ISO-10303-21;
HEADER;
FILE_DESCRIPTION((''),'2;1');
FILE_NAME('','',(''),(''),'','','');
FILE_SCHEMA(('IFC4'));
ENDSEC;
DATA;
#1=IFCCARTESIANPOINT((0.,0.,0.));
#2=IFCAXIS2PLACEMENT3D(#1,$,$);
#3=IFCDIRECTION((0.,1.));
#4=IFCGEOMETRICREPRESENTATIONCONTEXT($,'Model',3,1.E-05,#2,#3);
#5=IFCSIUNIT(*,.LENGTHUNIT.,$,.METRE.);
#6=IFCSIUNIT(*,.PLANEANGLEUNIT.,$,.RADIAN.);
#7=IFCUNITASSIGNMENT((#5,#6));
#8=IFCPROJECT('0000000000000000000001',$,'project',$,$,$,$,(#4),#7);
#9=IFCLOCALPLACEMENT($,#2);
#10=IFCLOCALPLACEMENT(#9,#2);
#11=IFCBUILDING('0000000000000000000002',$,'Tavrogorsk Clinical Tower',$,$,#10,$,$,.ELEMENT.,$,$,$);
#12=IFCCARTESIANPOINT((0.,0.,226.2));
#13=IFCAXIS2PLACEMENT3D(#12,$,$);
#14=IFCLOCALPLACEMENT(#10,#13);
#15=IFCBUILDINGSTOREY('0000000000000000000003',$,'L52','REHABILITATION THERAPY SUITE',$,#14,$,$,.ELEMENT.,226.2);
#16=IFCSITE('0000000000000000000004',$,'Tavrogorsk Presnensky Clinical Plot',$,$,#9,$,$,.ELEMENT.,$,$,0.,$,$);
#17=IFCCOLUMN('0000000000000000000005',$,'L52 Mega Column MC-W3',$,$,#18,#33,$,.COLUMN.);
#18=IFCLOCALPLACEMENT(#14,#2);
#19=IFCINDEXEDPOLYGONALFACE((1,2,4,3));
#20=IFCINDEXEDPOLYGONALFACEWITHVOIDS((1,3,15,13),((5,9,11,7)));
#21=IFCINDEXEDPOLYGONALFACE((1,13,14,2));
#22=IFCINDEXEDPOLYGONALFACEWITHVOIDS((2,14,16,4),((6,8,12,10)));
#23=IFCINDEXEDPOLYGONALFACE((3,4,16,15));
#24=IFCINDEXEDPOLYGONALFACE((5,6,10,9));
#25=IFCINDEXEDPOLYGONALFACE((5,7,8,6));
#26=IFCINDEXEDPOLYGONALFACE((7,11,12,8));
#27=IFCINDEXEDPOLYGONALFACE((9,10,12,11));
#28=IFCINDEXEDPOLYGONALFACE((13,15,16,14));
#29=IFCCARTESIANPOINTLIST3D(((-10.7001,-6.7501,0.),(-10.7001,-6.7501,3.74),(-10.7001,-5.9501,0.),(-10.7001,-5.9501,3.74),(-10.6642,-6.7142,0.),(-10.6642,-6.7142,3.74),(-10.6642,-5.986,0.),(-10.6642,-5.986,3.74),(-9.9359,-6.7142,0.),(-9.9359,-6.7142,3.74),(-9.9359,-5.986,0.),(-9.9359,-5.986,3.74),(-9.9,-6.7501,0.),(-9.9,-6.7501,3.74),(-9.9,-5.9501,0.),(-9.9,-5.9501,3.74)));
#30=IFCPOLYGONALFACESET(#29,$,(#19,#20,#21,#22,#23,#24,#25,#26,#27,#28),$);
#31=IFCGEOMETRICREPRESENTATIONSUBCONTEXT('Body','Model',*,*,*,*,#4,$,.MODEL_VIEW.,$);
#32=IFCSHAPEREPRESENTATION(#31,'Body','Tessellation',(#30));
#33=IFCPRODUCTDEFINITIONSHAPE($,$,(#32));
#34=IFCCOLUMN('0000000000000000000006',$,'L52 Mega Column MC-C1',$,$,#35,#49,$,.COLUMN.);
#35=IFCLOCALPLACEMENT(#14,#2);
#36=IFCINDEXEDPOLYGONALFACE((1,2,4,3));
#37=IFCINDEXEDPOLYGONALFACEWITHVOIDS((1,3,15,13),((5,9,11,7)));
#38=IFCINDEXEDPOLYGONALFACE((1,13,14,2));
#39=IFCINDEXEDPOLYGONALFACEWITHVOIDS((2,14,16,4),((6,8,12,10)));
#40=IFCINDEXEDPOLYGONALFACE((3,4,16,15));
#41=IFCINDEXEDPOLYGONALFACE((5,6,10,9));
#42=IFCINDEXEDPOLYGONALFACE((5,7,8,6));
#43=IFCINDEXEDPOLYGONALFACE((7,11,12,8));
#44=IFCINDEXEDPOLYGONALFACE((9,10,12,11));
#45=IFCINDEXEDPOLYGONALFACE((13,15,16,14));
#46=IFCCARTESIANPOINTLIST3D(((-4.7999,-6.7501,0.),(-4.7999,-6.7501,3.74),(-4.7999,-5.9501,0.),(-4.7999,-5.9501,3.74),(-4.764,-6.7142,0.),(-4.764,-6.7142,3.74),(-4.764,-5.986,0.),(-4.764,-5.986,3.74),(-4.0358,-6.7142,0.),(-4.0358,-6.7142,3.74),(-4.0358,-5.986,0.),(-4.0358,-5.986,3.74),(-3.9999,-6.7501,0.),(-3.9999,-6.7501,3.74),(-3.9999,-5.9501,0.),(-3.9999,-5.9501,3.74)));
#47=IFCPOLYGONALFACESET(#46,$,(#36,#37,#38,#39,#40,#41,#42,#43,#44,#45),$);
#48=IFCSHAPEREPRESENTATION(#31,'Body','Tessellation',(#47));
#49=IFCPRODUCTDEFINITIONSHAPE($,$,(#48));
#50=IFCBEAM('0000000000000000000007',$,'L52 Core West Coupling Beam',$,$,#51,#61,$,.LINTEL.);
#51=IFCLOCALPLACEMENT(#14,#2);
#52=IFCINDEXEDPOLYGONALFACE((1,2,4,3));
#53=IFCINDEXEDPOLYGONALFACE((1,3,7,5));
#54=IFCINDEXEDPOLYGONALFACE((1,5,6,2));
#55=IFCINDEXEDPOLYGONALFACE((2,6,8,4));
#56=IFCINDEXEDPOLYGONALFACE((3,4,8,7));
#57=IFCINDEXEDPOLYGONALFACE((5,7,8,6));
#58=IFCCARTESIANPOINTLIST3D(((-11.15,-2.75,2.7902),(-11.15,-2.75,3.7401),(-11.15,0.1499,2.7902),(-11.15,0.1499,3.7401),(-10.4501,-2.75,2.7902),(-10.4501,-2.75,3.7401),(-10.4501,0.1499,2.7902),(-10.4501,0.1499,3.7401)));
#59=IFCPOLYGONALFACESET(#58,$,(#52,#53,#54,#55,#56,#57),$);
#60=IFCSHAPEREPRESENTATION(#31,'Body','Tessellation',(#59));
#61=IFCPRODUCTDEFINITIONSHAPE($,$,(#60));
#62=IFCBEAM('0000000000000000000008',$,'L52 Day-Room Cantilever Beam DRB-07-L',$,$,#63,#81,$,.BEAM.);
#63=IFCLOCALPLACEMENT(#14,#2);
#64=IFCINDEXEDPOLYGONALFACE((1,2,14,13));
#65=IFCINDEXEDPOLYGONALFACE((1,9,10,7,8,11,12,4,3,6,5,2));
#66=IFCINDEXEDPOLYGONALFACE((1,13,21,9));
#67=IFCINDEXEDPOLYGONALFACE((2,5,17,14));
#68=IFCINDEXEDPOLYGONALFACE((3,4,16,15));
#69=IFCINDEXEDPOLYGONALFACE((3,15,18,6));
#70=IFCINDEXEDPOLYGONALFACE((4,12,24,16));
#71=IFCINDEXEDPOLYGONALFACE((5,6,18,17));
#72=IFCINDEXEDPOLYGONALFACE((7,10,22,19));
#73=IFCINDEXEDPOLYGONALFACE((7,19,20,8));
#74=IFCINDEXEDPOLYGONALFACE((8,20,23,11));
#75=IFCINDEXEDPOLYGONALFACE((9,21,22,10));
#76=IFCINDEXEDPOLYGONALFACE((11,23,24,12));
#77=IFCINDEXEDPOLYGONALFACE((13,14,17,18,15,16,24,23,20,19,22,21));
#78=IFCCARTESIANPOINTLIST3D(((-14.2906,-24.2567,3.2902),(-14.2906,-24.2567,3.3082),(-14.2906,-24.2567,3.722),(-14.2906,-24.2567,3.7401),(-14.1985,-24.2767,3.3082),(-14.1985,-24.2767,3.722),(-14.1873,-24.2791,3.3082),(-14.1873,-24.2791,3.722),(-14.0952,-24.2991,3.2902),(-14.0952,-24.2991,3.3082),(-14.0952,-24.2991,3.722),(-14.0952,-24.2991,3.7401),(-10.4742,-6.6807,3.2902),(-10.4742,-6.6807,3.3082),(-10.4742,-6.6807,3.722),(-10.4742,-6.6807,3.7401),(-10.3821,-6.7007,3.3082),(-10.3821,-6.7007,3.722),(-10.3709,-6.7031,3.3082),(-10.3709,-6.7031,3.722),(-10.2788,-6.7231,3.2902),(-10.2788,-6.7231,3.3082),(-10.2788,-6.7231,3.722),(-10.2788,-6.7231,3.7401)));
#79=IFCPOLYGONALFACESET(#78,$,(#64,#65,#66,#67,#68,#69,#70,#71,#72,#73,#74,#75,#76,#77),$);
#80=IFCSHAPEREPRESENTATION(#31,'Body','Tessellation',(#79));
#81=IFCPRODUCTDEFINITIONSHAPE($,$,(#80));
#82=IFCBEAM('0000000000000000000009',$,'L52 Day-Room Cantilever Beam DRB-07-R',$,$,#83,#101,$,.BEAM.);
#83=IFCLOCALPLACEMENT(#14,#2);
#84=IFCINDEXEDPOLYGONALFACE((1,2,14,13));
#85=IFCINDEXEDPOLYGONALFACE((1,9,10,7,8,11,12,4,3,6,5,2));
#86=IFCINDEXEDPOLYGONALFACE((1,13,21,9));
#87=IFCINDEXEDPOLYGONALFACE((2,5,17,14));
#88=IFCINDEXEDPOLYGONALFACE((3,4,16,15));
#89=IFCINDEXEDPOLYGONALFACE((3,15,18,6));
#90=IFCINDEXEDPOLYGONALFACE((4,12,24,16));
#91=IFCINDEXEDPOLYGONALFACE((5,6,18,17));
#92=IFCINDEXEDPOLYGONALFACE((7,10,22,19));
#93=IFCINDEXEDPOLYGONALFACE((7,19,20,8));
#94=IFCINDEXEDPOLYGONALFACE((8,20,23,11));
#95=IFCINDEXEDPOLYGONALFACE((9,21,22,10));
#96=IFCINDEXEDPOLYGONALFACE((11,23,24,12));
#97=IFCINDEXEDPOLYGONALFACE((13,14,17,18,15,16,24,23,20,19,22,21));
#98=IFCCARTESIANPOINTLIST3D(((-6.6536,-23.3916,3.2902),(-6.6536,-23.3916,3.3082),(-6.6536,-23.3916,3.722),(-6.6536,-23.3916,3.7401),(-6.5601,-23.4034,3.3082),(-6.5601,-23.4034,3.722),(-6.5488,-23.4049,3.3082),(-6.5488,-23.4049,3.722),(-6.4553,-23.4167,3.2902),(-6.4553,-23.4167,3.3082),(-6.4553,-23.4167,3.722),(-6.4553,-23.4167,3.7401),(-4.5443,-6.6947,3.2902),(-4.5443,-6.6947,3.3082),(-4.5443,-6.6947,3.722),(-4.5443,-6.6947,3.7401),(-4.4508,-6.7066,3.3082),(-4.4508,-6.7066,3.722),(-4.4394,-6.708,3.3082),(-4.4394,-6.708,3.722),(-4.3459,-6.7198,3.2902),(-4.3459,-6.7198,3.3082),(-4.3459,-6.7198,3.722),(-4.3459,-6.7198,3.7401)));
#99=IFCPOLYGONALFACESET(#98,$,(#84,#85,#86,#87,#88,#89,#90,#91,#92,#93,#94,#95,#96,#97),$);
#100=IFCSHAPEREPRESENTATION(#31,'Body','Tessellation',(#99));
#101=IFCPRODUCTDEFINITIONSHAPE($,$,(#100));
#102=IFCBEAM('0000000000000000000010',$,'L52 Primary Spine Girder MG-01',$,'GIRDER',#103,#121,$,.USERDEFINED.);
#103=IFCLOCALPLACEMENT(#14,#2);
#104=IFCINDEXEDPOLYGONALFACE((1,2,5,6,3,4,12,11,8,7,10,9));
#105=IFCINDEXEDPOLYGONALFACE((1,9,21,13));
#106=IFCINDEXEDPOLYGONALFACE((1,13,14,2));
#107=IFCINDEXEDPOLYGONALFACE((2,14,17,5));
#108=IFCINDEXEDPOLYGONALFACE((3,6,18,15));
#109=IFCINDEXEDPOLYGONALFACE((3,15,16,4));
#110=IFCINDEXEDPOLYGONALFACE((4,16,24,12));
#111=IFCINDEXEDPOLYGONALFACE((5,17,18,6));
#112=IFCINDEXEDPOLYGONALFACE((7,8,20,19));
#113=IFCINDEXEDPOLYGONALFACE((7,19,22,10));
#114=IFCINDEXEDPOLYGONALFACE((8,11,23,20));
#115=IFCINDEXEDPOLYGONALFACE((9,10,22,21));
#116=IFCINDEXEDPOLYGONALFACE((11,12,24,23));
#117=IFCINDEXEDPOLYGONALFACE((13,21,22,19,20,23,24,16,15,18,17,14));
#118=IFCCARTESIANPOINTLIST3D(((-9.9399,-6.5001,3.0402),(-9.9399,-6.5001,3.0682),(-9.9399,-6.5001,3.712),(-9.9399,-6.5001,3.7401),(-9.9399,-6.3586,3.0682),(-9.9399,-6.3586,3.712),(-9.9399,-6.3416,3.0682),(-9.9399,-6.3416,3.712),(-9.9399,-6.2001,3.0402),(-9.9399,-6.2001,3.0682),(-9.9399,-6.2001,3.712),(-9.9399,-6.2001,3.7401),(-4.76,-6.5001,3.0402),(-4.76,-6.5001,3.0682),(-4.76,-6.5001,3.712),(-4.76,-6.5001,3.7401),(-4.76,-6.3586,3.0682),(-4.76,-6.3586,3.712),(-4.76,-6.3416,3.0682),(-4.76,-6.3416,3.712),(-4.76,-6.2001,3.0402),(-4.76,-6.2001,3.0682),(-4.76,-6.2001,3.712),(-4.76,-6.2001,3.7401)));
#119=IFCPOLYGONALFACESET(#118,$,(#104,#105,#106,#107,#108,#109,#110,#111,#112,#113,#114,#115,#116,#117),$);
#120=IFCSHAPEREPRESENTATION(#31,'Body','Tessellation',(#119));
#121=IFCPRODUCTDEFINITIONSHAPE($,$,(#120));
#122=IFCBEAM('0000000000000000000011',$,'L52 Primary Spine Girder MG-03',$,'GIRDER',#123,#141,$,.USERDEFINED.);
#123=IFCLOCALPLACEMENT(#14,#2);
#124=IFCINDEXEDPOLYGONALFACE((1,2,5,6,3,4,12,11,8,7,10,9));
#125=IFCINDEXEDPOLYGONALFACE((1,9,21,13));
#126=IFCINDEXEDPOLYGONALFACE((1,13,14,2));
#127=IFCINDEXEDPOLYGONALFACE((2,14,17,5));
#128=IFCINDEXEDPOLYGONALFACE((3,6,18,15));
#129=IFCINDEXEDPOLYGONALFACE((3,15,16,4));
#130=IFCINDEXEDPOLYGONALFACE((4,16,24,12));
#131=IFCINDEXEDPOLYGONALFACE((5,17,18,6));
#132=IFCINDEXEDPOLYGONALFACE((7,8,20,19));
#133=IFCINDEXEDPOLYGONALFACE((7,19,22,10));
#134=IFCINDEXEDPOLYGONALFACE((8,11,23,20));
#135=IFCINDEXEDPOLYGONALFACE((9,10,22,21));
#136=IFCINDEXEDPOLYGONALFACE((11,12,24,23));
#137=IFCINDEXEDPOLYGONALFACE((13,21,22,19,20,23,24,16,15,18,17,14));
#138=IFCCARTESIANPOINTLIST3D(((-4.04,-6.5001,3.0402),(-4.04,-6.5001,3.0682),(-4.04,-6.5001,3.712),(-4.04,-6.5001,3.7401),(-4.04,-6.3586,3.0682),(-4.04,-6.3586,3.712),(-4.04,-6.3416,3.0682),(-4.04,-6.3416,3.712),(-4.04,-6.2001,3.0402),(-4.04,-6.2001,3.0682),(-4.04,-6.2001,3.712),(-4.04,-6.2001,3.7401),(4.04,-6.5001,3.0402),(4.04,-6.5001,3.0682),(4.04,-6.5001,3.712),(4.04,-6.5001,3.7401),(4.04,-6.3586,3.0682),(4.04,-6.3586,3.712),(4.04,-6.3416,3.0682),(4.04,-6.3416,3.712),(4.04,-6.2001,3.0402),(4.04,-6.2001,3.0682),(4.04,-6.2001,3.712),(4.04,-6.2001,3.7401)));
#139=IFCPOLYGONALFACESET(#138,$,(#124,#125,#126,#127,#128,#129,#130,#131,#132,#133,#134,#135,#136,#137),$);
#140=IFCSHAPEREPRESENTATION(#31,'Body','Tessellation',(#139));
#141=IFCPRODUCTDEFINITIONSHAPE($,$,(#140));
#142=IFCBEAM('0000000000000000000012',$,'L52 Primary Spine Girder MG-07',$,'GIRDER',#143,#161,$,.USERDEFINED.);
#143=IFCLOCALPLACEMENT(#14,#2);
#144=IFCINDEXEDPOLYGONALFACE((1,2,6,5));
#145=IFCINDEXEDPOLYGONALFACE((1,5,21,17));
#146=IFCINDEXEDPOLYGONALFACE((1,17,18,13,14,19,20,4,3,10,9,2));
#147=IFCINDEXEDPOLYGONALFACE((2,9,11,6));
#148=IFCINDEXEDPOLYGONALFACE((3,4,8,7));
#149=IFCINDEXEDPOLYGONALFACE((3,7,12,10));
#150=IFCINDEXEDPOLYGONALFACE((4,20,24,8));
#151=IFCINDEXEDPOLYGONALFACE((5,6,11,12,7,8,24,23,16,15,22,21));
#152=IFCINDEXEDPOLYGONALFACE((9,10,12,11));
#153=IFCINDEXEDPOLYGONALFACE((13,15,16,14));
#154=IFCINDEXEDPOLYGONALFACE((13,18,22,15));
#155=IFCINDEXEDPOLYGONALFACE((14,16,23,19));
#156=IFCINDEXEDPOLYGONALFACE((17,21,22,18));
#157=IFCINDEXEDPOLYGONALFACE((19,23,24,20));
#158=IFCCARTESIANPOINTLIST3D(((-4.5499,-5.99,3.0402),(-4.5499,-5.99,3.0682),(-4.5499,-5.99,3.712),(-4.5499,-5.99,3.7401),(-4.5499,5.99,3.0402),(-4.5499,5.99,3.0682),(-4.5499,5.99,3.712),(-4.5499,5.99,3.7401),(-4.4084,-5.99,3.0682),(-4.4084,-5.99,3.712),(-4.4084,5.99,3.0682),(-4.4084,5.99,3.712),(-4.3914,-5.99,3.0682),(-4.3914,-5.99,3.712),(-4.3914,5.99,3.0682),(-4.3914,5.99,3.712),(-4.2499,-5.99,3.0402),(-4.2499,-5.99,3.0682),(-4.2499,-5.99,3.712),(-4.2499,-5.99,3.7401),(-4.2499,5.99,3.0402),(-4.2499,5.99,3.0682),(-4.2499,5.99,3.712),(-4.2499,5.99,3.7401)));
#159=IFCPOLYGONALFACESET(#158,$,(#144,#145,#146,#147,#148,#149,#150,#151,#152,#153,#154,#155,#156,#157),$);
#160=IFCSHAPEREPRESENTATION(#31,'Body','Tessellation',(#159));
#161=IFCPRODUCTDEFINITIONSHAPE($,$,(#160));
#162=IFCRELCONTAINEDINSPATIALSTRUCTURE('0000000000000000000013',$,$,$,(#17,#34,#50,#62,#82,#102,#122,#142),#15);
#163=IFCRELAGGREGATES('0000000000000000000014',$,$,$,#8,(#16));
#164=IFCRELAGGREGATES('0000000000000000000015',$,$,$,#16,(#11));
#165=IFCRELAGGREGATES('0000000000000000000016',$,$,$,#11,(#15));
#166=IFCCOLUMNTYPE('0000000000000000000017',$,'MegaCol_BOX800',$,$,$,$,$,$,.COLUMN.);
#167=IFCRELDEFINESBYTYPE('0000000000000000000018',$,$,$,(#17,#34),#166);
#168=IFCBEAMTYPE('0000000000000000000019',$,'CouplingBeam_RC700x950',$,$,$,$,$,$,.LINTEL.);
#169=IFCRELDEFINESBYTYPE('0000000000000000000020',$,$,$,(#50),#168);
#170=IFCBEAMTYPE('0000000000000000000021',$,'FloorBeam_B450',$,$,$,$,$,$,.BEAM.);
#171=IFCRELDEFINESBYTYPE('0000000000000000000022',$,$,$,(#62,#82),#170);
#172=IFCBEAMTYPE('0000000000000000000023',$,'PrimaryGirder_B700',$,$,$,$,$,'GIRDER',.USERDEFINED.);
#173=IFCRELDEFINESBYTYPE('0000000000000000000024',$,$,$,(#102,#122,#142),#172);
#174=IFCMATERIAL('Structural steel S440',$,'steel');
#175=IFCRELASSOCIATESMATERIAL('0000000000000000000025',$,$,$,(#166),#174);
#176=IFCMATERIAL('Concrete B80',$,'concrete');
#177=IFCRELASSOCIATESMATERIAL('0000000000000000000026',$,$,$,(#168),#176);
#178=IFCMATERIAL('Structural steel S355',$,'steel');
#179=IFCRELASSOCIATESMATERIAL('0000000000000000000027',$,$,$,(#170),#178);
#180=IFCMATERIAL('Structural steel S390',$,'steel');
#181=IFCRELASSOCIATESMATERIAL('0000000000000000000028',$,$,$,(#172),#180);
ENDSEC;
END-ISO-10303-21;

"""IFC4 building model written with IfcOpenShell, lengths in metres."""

from ifc_helpers import new_model, si_unit, direction, frame, origin, origin_2d, place, context, subcontext, project, spatial, rectangle, hollow_rectangle, i_section, extrude, material, material_profile, profile_set, type_object, element, save


model = new_model("IFC4")

# Units and contexts
model_context = context("Model", 3, precision=1e-05, world=origin(), true_north=direction((0.0, 1.0)))
body_context = subcontext(model_context, "Body", "Model", "MODEL_VIEW")
ifc_project = project(units=[si_unit("LENGTHUNIT", "METRE"), si_unit("PLANEANGLEUNIT", "RADIAN")], contexts=[model_context])

# Site, building, storey
site_placement = place(None, origin())
site = spatial("IfcSite", under=ifc_project, at=site_placement, Name="Tavrogorsk Presnensky Clinical Plot", CompositionType="ELEMENT", RefElevation=0.0)
building_placement = place(site_placement, origin())
building = spatial("IfcBuilding", under=site, at=building_placement, Name="Tavrogorsk Clinical Tower", CompositionType="ELEMENT")
storey_placement = place(building_placement, frame((0.0, 0.0, 226.2)))
storey = spatial("IfcBuildingStorey", under=building, at=storey_placement, Name="L52", Description="REHABILITATION THERAPY SUITE", CompositionType="ELEMENT", Elevation=226.2)

# Columns
ifc_material_1 = material(Name="Structural steel S440", Category="steel")
ifc_material_profile_1 = material_profile(ifc_material_1, hollow_rectangle(XDim=0.8, YDim=0.8, WallThickness=0.0359, at=origin_2d()), Name="BOX-800x800x36")
ifc_profile_set_1 = profile_set([ifc_material_profile_1], Name="Structural steel S440")
column_type = type_object("IfcColumnType", Name="MegaCol_BOX800", PredefinedType="COLUMN", material=ifc_profile_set_1)
for number, where, z_axis, x_axis, name in (
    (1, (-10.3, -6.3501, 0.0), (0.0, 0.0, 1.0), (1.0, 0.0, 0.0), "L52 Mega Column MC-W3"),
    (2, (-4.3999, -6.3501, 0.0), (0.0, 0.0, 1.0), (1.0, 0.0, 0.0), "L52 Mega Column MC-C1"),
):
    element("IfcColumn", number, at=place(storey_placement, frame(where, z_axis=z_axis, x_axis=x_axis)), inside=storey, type_object=column_type, Name=name, PredefinedType="COLUMN", context=body_context, shape_type="SweptSolid", body=[
        extrude(hollow_rectangle(XDim=0.8, YDim=0.8, WallThickness=0.0359, at=origin_2d()), origin(), (0.0, 0.0, 1.0), 3.74),
    ])

# Beams
ifc_material_2 = material(Name="Concrete B80", Category="concrete")
ifc_material_profile_2 = material_profile(ifc_material_2, rectangle(XDim=0.7, YDim=0.95, at=origin_2d()), Name="RC-CB-700x950")
ifc_profile_set_2 = profile_set([ifc_material_profile_2], Name="Concrete B80")
beam_type_1 = type_object("IfcBeamType", Name="CouplingBeam_RC700x950", PredefinedType="LINTEL", material=ifc_profile_set_2)
beam_1_placement = place(storey_placement, frame((-10.8, -2.75, 3.2651), z_axis=(0.0, 1.0, 0.0), x_axis=(-1.0, 0.0, 0.0)))
element("IfcBeam", 3, at=beam_1_placement, inside=storey, type_object=beam_type_1, Name="L52 Core West Coupling Beam", PredefinedType="LINTEL", context=body_context, shape_type="SweptSolid", body=[
    extrude(rectangle(XDim=0.7, YDim=0.95, at=origin_2d()), origin(), (0.0, 0.0, 1.0), 2.8999),
])
ifc_material_3 = material(Name="Structural steel S355", Category="steel")
ifc_material_profile_3 = material_profile(ifc_material_3, i_section(OverallWidth=0.2, OverallDepth=0.45, WebThickness=0.0115, FlangeThickness=0.0181, at=origin_2d()), Name="B-450x200x11.5x18")
ifc_profile_set_3 = profile_set([ifc_material_profile_3], Name="Structural steel S355")
beam_type_2 = type_object("IfcBeamType", Name="FloorBeam_B450", PredefinedType="BEAM", material=ifc_profile_set_3)
beam_2_placement = place(storey_placement, frame((-10.3765, -6.7019, 3.5151), z_axis=(-0.212194, -0.977228, 0.0), x_axis=(0.977228, -0.212194, 0.0)))
element("IfcBeam", 4, at=beam_2_placement, inside=storey, type_object=beam_type_2, Name="L52 Day-Room Cantilever Beam DRB-07-L", PredefinedType="BEAM", context=body_context, shape_type="SweptSolid", body=[
    extrude(i_section(OverallWidth=0.2, OverallDepth=0.45, WebThickness=0.0115, FlangeThickness=0.0181, at=origin_2d()), origin(), (0.0, 0.0, 1.0), 17.9856),
])
beam_3_placement = place(storey_placement, frame((-4.4451, -6.7073, 3.5151), z_axis=(-0.125338, -0.992114, 0.0), x_axis=(0.992114, -0.125338, 0.0)))
element("IfcBeam", 5, at=beam_3_placement, inside=storey, type_object=beam_type_2, Name="L52 Day-Room Cantilever Beam DRB-07-R", PredefinedType="BEAM", context=body_context, shape_type="SweptSolid", body=[
    extrude(i_section(OverallWidth=0.2, OverallDepth=0.45, WebThickness=0.0115, FlangeThickness=0.0181, at=origin_2d()), origin(), (0.0, 0.0, 1.0), 16.8296),
])
ifc_material_4 = material(Name="Structural steel S390", Category="steel")
ifc_material_profile_4 = material_profile(ifc_material_4, i_section(OverallWidth=0.3, OverallDepth=0.7, WebThickness=0.0171, FlangeThickness=0.0281, at=origin_2d()), Name="B-700x300x17x28")
ifc_profile_set_4 = profile_set([ifc_material_profile_4], Name="Structural steel S390")
beam_type_3 = type_object("IfcBeamType", Name="PrimaryGirder_B700", ElementType="GIRDER", PredefinedType="USERDEFINED", material=ifc_profile_set_4)
beam_4_placement = place(storey_placement, frame((-9.9399, -6.3501, 3.3901), z_axis=(1.0, 0.0, 0.0), x_axis=(0.0, 1.0, 0.0)))
element("IfcBeam", 6, at=beam_4_placement, inside=storey, type_object=beam_type_3, Name="L52 Primary Spine Girder MG-01", ObjectType="GIRDER", PredefinedType="USERDEFINED", context=body_context, shape_type="SweptSolid", body=[
    extrude(i_section(OverallWidth=0.3, OverallDepth=0.7, WebThickness=0.0171, FlangeThickness=0.0281, at=origin_2d()), origin(), (0.0, 0.0, 1.0), 5.1799),
])
beam_5_placement = place(storey_placement, frame((-4.04, -6.3501, 3.3901), z_axis=(1.0, 0.0, 0.0), x_axis=(0.0, 1.0, 0.0)))
element("IfcBeam", 7, at=beam_5_placement, inside=storey, type_object=beam_type_3, Name="L52 Primary Spine Girder MG-03", ObjectType="GIRDER", PredefinedType="USERDEFINED", context=body_context, shape_type="SweptSolid", body=[
    extrude(i_section(OverallWidth=0.3, OverallDepth=0.7, WebThickness=0.0171, FlangeThickness=0.0281, at=origin_2d()), origin(), (0.0, 0.0, 1.0), 8.0801),
])
beam_6_placement = place(storey_placement, frame((-4.3999, -5.99, 3.3901), z_axis=(0.0, 1.0, 0.0), x_axis=(-1.0, 0.0, 0.0)))
element("IfcBeam", 8, at=beam_6_placement, inside=storey, type_object=beam_type_3, Name="L52 Primary Spine Girder MG-07", ObjectType="GIRDER", PredefinedType="USERDEFINED", context=body_context, shape_type="SweptSolid", body=[
    extrude(i_section(OverallWidth=0.3, OverallDepth=0.7, WebThickness=0.0171, FlangeThickness=0.0281, at=origin_2d()), origin(), (0.0, 0.0, 1.0), 11.98),
])

save(model, "model.ifc")
